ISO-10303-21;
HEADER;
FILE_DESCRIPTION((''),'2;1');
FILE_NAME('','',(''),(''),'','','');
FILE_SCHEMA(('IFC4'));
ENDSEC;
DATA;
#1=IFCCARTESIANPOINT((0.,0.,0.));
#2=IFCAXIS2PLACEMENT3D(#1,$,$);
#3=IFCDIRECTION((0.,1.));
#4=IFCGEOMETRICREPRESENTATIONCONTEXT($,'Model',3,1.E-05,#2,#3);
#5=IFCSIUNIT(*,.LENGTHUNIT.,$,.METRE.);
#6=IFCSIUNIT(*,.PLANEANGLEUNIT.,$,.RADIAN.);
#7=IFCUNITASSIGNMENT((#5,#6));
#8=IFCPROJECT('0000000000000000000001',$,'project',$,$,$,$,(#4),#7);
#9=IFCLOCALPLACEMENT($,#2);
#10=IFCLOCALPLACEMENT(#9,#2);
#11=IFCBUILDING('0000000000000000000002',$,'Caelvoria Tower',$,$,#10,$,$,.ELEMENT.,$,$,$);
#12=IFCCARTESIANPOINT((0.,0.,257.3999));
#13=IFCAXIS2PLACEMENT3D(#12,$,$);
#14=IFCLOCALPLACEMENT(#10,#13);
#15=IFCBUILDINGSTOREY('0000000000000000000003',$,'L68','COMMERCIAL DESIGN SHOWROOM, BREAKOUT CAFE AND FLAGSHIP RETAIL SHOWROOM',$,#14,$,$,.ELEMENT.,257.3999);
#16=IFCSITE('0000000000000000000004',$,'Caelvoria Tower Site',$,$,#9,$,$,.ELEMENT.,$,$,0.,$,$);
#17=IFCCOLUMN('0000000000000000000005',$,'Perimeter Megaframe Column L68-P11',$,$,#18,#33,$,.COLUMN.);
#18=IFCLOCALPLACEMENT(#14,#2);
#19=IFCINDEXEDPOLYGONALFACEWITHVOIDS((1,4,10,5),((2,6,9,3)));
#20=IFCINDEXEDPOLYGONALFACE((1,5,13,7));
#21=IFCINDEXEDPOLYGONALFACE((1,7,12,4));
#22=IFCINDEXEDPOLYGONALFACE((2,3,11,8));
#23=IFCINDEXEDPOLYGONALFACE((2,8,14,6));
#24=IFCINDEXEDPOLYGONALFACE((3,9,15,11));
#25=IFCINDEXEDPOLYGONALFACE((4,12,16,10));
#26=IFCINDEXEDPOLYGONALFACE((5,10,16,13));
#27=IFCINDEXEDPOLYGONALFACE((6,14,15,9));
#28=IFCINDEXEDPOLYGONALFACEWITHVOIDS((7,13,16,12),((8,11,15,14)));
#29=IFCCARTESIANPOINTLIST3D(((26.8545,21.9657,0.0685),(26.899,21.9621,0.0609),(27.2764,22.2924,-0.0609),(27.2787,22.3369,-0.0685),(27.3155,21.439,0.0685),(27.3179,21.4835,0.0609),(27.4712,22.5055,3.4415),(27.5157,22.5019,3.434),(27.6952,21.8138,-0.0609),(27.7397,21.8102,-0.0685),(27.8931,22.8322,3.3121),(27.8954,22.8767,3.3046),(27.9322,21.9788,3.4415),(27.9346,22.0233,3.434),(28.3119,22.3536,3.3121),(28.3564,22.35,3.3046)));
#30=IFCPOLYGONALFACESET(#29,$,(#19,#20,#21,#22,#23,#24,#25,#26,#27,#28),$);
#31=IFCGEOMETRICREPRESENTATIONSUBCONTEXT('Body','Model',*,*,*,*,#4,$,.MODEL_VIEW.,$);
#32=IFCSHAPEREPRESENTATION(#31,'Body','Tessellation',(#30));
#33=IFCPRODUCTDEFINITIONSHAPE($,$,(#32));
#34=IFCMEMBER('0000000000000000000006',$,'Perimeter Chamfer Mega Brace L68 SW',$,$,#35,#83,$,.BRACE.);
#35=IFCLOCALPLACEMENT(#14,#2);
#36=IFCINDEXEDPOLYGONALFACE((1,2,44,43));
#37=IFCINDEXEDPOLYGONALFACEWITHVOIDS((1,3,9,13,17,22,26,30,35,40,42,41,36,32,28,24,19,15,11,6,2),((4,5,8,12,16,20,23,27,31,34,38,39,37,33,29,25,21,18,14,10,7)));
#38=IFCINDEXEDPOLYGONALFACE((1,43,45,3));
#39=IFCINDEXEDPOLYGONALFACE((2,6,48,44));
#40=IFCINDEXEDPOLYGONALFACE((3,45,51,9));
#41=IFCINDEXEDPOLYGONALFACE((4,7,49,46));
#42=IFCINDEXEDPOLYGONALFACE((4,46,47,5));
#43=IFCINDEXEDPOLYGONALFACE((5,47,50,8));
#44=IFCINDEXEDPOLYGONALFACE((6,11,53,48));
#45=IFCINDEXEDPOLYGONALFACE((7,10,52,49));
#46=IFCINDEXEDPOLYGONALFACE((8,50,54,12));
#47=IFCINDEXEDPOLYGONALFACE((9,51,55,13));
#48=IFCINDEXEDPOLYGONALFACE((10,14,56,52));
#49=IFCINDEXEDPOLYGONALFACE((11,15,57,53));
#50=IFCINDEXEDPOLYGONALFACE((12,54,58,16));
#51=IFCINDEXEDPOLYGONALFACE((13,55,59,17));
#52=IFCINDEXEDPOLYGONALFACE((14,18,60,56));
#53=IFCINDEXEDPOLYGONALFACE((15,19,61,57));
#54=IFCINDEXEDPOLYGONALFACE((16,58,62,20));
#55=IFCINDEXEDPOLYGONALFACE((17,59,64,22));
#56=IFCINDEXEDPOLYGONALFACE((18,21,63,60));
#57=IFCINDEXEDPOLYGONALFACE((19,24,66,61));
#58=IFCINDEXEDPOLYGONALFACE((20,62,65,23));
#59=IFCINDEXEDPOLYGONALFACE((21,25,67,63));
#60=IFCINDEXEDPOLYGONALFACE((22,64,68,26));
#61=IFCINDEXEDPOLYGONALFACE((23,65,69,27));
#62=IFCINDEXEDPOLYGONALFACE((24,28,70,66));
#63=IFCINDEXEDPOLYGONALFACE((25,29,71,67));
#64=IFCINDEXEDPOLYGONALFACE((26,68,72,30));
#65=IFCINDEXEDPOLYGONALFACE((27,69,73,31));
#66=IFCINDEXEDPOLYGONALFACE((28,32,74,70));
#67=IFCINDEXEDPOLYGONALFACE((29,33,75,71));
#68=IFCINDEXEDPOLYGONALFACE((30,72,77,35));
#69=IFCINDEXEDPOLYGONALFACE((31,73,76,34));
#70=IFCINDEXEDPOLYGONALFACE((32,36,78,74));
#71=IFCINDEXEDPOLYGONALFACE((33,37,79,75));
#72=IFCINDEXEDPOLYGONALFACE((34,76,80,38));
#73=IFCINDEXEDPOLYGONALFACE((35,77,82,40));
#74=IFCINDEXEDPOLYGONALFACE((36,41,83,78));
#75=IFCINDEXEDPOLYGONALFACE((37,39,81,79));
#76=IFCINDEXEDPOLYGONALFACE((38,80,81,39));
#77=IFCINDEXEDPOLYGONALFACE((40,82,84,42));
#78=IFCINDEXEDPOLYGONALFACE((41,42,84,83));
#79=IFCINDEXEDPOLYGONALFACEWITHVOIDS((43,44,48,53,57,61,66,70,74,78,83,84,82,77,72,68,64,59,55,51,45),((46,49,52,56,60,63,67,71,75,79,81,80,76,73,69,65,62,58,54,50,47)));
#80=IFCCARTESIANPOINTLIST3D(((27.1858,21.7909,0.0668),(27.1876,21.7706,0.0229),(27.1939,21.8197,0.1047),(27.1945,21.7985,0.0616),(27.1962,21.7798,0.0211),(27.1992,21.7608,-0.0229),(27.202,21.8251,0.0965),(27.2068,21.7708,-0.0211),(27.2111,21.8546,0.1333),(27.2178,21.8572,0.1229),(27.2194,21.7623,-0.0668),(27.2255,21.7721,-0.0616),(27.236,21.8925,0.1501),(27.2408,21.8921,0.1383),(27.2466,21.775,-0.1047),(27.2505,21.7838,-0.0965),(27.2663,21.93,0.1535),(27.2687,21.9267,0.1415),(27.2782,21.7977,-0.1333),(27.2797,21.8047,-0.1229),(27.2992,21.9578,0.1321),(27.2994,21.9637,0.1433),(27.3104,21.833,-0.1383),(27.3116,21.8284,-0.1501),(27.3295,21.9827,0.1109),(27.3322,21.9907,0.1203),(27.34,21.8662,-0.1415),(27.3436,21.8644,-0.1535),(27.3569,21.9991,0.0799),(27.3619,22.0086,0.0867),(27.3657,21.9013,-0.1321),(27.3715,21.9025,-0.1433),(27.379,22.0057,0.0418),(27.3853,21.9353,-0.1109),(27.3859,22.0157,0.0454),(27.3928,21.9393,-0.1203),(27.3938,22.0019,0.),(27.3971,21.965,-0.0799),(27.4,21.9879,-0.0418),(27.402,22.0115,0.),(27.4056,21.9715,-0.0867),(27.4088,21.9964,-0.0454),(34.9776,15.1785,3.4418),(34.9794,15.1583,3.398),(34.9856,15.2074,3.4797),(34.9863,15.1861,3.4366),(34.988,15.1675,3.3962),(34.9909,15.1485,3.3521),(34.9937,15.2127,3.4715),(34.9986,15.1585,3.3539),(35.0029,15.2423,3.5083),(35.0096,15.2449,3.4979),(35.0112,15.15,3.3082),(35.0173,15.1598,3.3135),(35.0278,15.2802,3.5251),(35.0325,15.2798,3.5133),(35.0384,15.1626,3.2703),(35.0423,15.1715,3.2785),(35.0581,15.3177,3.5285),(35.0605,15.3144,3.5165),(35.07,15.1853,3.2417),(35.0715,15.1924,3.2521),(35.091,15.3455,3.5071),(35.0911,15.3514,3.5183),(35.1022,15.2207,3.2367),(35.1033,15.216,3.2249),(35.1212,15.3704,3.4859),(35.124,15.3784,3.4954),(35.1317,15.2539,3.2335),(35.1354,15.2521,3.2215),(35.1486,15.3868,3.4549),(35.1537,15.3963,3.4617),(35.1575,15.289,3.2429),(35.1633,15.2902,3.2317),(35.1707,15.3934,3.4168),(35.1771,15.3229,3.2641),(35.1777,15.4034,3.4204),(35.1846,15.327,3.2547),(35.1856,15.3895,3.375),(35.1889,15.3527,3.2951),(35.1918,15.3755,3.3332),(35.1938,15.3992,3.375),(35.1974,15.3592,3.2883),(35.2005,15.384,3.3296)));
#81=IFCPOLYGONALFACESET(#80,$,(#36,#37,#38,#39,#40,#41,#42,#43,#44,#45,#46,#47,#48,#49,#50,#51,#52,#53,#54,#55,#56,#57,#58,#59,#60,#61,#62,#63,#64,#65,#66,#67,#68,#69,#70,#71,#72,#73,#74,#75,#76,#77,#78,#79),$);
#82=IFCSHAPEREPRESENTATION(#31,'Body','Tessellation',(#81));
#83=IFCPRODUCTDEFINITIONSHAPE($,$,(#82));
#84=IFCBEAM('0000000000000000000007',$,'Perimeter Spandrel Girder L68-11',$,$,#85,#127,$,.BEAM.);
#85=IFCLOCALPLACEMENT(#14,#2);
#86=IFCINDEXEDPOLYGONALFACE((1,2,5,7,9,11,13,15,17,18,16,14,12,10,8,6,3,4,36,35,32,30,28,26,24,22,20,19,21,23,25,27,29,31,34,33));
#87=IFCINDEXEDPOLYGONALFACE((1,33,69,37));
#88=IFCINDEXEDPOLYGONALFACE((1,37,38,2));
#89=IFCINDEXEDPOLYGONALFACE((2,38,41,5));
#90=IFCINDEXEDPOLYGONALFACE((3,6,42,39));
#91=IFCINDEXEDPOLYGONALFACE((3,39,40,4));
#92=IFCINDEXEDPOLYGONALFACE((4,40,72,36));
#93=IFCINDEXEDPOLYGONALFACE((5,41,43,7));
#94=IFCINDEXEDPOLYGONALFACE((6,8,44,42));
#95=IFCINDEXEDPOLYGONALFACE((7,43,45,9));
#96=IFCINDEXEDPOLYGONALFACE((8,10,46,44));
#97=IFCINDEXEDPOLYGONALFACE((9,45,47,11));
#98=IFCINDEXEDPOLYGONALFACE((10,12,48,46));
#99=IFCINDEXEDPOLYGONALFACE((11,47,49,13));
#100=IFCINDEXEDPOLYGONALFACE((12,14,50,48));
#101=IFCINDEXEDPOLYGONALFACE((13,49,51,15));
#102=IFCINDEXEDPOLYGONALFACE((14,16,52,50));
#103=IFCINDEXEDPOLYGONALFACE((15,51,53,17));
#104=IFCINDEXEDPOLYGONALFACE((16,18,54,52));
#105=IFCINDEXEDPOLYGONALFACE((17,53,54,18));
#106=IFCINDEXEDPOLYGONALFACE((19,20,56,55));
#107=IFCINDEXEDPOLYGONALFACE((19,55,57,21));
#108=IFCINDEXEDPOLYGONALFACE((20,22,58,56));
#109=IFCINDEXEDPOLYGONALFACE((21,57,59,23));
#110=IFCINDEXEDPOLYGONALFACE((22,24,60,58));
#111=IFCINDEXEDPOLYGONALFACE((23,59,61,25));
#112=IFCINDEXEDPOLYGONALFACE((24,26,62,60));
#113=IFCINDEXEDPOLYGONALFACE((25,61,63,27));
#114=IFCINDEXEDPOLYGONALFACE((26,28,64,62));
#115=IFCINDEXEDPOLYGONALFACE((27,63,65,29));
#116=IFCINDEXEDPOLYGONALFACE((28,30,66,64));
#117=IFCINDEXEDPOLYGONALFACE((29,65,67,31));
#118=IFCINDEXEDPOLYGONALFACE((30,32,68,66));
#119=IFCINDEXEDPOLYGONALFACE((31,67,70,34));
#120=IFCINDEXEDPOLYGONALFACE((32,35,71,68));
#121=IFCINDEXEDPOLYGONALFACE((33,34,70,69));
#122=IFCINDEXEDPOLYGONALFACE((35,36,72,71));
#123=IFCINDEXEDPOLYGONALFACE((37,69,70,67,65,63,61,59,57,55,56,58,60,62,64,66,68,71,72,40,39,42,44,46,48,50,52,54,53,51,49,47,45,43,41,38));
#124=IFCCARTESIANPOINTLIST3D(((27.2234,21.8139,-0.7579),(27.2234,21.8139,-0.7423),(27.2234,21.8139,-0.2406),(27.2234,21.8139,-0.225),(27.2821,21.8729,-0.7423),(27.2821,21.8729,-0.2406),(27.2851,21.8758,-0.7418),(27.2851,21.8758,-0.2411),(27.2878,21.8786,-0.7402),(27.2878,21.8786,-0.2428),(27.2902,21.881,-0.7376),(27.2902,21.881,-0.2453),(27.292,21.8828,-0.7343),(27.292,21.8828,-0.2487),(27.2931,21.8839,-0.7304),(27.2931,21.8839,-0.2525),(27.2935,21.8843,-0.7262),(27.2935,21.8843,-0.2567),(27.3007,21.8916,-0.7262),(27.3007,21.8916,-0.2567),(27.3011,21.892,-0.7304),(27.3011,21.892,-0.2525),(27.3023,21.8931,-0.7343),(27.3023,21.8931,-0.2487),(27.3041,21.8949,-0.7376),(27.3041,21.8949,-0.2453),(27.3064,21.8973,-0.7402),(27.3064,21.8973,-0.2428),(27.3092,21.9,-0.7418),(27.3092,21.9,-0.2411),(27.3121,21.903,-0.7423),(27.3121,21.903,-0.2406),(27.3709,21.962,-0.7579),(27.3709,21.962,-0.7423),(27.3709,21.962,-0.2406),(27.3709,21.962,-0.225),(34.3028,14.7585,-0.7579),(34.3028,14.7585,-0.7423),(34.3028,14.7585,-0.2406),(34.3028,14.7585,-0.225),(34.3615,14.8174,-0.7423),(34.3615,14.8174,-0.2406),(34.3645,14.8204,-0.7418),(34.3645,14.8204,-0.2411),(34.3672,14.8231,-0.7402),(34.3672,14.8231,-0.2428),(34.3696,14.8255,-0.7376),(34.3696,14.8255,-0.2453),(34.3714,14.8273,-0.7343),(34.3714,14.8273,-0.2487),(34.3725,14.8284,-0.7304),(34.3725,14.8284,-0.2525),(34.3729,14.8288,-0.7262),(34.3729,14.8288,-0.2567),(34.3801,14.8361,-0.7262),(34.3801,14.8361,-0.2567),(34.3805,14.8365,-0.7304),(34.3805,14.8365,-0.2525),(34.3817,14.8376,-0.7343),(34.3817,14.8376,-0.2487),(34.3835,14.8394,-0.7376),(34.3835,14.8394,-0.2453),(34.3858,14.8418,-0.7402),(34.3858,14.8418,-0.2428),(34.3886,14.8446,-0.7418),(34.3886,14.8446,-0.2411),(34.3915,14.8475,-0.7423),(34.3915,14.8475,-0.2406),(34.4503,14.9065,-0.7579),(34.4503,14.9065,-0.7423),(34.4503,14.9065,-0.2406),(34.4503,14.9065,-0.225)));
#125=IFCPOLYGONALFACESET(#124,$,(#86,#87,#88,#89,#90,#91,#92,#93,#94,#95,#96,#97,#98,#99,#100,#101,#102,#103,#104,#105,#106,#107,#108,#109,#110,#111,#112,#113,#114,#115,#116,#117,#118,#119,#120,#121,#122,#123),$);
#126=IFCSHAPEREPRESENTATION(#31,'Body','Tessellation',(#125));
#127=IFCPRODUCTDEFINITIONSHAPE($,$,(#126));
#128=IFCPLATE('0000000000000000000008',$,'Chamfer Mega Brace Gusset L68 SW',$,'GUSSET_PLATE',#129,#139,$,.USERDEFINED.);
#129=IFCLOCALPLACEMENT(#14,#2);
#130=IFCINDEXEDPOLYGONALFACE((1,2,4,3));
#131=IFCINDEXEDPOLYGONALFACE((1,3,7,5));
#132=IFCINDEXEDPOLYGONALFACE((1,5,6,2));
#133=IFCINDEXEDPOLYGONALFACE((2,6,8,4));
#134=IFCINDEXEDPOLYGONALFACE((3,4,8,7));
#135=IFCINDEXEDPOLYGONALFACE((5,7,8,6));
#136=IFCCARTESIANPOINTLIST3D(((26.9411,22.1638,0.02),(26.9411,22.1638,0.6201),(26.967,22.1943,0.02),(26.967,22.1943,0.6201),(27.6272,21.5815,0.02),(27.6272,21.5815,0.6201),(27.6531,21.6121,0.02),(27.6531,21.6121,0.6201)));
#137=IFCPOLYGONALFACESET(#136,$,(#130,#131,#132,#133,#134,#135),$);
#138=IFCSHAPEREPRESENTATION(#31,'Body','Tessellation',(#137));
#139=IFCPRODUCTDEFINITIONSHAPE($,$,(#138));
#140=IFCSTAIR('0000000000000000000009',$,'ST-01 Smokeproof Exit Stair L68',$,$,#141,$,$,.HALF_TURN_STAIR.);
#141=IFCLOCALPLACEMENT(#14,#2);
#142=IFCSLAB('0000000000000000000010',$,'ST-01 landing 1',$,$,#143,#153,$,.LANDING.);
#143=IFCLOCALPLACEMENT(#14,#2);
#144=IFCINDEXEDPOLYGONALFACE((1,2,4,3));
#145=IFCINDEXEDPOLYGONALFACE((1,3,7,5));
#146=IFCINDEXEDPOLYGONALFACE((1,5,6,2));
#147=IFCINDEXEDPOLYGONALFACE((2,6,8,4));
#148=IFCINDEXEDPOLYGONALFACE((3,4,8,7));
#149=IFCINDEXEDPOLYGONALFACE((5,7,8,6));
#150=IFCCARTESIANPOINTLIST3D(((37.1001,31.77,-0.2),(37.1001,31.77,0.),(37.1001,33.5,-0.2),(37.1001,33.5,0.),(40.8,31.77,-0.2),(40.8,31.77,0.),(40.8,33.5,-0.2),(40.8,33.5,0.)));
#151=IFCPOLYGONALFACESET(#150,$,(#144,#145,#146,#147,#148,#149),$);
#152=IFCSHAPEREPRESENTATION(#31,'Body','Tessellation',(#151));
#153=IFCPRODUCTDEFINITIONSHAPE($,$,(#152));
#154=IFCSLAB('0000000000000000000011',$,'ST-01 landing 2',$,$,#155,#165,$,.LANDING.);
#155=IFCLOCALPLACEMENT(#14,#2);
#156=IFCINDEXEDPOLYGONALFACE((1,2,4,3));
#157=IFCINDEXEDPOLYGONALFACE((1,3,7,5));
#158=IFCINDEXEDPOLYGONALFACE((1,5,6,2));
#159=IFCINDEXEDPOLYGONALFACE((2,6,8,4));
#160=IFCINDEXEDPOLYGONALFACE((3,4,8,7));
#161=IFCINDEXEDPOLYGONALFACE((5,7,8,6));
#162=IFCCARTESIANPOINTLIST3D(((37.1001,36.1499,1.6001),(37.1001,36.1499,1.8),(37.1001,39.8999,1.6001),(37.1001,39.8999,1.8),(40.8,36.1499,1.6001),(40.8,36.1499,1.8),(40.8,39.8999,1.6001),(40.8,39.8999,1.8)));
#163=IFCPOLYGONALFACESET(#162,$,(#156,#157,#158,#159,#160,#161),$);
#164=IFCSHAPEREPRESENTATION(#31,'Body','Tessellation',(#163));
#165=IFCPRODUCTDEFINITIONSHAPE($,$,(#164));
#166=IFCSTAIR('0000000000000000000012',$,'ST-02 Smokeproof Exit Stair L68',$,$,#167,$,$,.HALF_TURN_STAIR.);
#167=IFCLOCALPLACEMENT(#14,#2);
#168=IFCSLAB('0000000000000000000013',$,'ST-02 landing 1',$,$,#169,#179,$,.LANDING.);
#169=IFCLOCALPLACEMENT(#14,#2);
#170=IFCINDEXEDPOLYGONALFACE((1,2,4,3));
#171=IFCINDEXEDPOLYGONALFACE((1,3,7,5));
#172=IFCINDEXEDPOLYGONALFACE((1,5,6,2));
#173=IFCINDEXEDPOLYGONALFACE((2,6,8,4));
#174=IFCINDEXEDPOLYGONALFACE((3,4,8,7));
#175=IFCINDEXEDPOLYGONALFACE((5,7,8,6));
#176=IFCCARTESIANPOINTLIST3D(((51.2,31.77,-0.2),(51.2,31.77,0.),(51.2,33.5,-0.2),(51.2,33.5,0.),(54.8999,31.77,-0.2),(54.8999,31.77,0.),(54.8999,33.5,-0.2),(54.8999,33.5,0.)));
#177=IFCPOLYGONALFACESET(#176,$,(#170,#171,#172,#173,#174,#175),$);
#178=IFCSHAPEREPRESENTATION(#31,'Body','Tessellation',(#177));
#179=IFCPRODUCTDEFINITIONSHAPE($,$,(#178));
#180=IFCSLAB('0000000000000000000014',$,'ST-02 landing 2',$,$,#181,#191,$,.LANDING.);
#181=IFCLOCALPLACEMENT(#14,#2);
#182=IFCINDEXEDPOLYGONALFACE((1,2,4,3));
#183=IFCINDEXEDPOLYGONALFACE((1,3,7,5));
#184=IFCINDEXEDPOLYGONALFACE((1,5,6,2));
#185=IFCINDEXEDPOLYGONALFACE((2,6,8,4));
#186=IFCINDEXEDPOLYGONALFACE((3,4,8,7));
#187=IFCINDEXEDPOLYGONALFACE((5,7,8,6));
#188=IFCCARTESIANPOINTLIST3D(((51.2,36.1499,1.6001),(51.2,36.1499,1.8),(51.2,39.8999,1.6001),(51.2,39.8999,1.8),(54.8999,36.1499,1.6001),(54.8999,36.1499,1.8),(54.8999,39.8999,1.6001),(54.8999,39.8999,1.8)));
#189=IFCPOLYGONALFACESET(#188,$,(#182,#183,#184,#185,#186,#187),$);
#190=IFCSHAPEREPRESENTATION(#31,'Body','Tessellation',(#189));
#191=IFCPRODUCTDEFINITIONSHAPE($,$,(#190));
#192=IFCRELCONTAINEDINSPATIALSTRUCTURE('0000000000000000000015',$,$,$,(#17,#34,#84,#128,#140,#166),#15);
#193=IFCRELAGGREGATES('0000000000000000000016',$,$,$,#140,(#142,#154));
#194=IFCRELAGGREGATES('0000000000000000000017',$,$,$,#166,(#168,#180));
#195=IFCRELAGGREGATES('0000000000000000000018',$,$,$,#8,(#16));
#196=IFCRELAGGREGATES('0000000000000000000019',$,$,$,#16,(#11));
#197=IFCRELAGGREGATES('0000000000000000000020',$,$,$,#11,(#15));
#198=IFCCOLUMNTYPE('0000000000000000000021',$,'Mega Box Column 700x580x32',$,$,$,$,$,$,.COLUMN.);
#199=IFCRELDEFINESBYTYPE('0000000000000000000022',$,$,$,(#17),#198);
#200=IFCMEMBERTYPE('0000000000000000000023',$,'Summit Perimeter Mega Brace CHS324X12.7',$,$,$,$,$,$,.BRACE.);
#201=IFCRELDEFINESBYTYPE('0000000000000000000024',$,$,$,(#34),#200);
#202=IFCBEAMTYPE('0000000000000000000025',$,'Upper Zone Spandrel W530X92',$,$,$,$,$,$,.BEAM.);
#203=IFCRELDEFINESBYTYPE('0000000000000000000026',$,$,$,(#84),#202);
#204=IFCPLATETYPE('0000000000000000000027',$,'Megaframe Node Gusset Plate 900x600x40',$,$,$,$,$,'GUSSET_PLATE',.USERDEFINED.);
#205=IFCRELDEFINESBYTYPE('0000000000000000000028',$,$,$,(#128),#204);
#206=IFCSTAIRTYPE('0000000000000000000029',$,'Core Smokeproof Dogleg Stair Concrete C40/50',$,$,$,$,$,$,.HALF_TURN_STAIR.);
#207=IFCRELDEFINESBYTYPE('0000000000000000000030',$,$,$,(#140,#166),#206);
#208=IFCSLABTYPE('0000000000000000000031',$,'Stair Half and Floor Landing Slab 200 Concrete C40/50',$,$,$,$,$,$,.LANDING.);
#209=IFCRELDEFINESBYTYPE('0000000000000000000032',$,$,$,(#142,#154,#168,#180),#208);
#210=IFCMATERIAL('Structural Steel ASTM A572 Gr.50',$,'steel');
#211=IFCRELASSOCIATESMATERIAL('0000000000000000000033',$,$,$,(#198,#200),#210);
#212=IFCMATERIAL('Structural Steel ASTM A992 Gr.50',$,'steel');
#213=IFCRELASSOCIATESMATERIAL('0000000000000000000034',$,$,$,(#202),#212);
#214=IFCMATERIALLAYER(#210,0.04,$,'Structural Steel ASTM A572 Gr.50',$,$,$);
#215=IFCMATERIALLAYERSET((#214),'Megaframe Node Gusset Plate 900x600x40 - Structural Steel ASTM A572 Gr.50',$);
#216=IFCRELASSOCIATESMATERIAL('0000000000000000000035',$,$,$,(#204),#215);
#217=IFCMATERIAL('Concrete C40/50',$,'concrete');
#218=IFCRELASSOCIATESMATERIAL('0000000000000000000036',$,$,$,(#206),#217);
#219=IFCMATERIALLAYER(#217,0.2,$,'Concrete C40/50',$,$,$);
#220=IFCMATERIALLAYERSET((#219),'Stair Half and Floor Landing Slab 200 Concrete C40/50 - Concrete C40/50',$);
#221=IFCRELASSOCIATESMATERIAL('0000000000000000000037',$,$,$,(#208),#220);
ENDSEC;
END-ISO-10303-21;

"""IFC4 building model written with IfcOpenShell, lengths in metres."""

from ifc_helpers import new_model, si_unit, direction, frame, origin, origin_2d, place, context, subcontext, project, spatial, polyline, rectangle, hollow_rectangle, hollow_circle, i_section, outline, extrude, material, layer, layer_set, material_profile, profile_set, type_object, element, aggregate, save


model = new_model("IFC4")

# Units and contexts
model_context = context("Model", 3, precision=1e-05, world=origin(), true_north=direction((0.0, 1.0)))
body_context = subcontext(model_context, "Body", "Model", "MODEL_VIEW")
ifc_project = project(units=[si_unit("LENGTHUNIT", "METRE"), si_unit("PLANEANGLEUNIT", "RADIAN")], contexts=[model_context])

# Site, building, storey
site_placement = place(None, origin())
site = spatial("IfcSite", under=ifc_project, at=site_placement, Name="Caelvoria Tower Site", CompositionType="ELEMENT", RefElevation=0.0)
building_placement = place(site_placement, origin())
building = spatial("IfcBuilding", under=site, at=building_placement, Name="Caelvoria Tower", CompositionType="ELEMENT")
storey_placement = place(building_placement, frame((0.0, 0.0, 257.3999)))
storey = spatial("IfcBuildingStorey", under=building, at=storey_placement, Name="L68", Description="COMMERCIAL DESIGN SHOWROOM, BREAKOUT CAFE AND FLAGSHIP RETAIL SHOWROOM", CompositionType="ELEMENT", Elevation=257.3999)

# Column
ifc_material_1 = material(Name="Structural Steel ASTM A572 Gr.50", Category="steel")
ifc_material_profile_1 = material_profile(ifc_material_1, hollow_rectangle(XDim=0.5801, YDim=0.7, WallThickness=0.032, at=origin_2d()), Name="Structural Steel ASTM A572 Gr.50")
ifc_profile_set_1 = profile_set([ifc_material_profile_1], Name="BOX700X580X32 - Structural Steel ASTM A572 Gr.50")
column_type = type_object("IfcColumnType", Name="Mega Box Column 700x580x32", PredefinedType="COLUMN", material=ifc_profile_set_1)
column_placement = place(storey_placement, frame((27.2971, 21.8879, 0.0), z_axis=(0.177662, 0.155507, 0.971727), x_axis=(-0.731192, -0.64001, 0.236107)))
element("IfcColumn", 1, at=column_placement, inside=storey, type_object=column_type, Name="Perimeter Megaframe Column L68-P11", PredefinedType="COLUMN", context=body_context, shape_type="SweptSolid", body=[
    extrude(hollow_rectangle(XDim=0.5801, YDim=0.7, WallThickness=0.032, at=origin_2d()), origin(), (0.0, 0.0, 1.0), 3.4712),
])

# Member
ifc_material_profile_2 = material_profile(ifc_material_1, hollow_circle(Radius=0.1621, WallThickness=0.0127, at=origin_2d()), Name="Structural Steel ASTM A572 Gr.50")
ifc_profile_set_2 = profile_set([ifc_material_profile_2], Name="CHS324X12.7 - Structural Steel ASTM A572 Gr.50")
member_type = type_object("IfcMemberType", Name="Summit Perimeter Mega Brace CHS324X12.7", PredefinedType="BRACE", material=ifc_profile_set_2)
member_placement = place(storey_placement, frame((27.2971, 21.8879, 0.0), z_axis=(0.723993, -0.614402, 0.313598), x_axis=(0.647041, 0.762455, 0.0)))
element("IfcMember", 2, at=member_placement, inside=storey, type_object=member_type, Name="Perimeter Chamfer Mega Brace L68 SW", PredefinedType="BRACE", context=body_context, shape_type="SweptSolid", body=[
    extrude(hollow_circle(Radius=0.1621, WallThickness=0.0127, at=origin_2d()), origin(), (0.0, 0.0, 1.0), 10.7622),
])

# Beam
ifc_material_2 = material(Name="Structural Steel ASTM A992 Gr.50", Category="steel")
ifc_material_profile_3 = material_profile(ifc_material_2, i_section(OverallWidth=0.209, OverallDepth=0.533, WebThickness=0.0103, FlangeThickness=0.0156, FilletRadius=0.0161, at=origin_2d()), Name="Structural Steel ASTM A992 Gr.50")
ifc_profile_set_3 = profile_set([ifc_material_profile_3], Name="W530X92 - Structural Steel ASTM A992 Gr.50")
beam_type = type_object("IfcBeamType", Name="Upper Zone Spandrel W530X92", PredefinedType="BEAM", material=ifc_profile_set_3)
beam_placement = place(storey_placement, frame((27.2971, 21.8879, -0.4915), z_axis=(0.708303, -0.705909, 0.0), x_axis=(0.705909, 0.708303, 0.0)))
element("IfcBeam", 3, at=beam_placement, inside=storey, type_object=beam_type, Name="Perimeter Spandrel Girder L68-11", PredefinedType="BEAM", context=body_context, shape_type="SweptSolid", body=[
    extrude(i_section(OverallWidth=0.209, OverallDepth=0.533, WebThickness=0.0103, FlangeThickness=0.0156, FilletRadius=0.0161, at=origin_2d()), origin(), (0.0, 0.0, 1.0), 9.9949),
])

# Plate
ifc_layer_1 = layer(ifc_material_1, 0.04, Name="Structural Steel ASTM A572 Gr.50")
ifc_layer_set_1 = layer_set([ifc_layer_1], Name="Megaframe Node Gusset Plate 900x600x40 - Structural Steel ASTM A572 Gr.50")
plate_type = type_object("IfcPlateType", Name="Megaframe Node Gusset Plate 900x600x40", ElementType="GUSSET_PLATE", PredefinedType="USERDEFINED", material=ifc_layer_set_1)
plate_placement = place(storey_placement, frame((27.2971, 21.8879, 0.02), z_axis=(0.0, 0.0, 1.0), x_axis=(0.762466, -0.647028, 0.0)))
element("IfcPlate", 4, at=plate_placement, inside=storey, type_object=plate_type, Name="Chamfer Mega Brace Gusset L68 SW", ObjectType="GUSSET_PLATE", PredefinedType="USERDEFINED", context=body_context, shape_type="SweptSolid", body=[
    extrude(rectangle(XDim=0.8999, YDim=0.04, at=origin_2d()), origin(), (0.0, 0.0, 1.0), 0.6001),
])

# Stairs, slabs
ifc_material_3 = material(Name="Concrete C40/50", Category="concrete")
stair_type = type_object("IfcStairType", Name="Core Smokeproof Dogleg Stair Concrete C40/50", PredefinedType="HALF_TURN_STAIR", material=ifc_material_3)
stair_1_placement = place(storey_placement, origin())
stair_1 = element("IfcStair", 5, at=stair_1_placement, inside=storey, type_object=stair_type, Name="ST-01 Smokeproof Exit Stair L68", PredefinedType="HALF_TURN_STAIR")
ifc_layer_2 = layer(ifc_material_3, 0.2, Name="Concrete C40/50")
ifc_layer_set_2 = layer_set([ifc_layer_2], Name="Stair Half and Floor Landing Slab 200 Concrete C40/50 - Concrete C40/50")
slab_type_1 = type_object("IfcSlabType", Name="Stair Half and Floor Landing Slab 200 Concrete C40/50", PredefinedType="LANDING", material=ifc_layer_set_2)
slab_1_placement = place(storey_placement, frame((0.0, 0.0, -0.2)))
slab_1 = element("IfcSlab", 6, at=slab_1_placement, type_object=slab_type_1, Name="ST-01 landing 1", PredefinedType="LANDING", context=body_context, shape_type="SweptSolid", body=[
    extrude(outline(polyline([(37.1001, 31.77), (40.8, 31.77), (40.8, 33.5), (37.1001, 33.5), (37.1001, 31.77)])), origin(), (0.0, 0.0, 1.0), 0.2),
])
slab_2_placement = place(storey_placement, frame((0.0, 0.0, 1.6001)))
slab_2 = element("IfcSlab", 7, at=slab_2_placement, type_object=slab_type_1, Name="ST-01 landing 2", PredefinedType="LANDING", context=body_context, shape_type="SweptSolid", body=[
    extrude(outline(polyline([(37.1001, 36.1499), (40.8, 36.1499), (40.8, 39.8999), (37.1001, 39.8999), (37.1001, 36.1499)])), origin(), (0.0, 0.0, 1.0), 0.2),
])
aggregate(stair_1, [slab_1, slab_2])
stair_2_placement = place(storey_placement, origin())
stair_2 = element("IfcStair", 8, at=stair_2_placement, inside=storey, type_object=stair_type, Name="ST-02 Smokeproof Exit Stair L68", PredefinedType="HALF_TURN_STAIR")
slab_3_placement = place(storey_placement, frame((0.0, 0.0, -0.2)))
slab_3 = element("IfcSlab", 9, at=slab_3_placement, type_object=slab_type_1, Name="ST-02 landing 1", PredefinedType="LANDING", context=body_context, shape_type="SweptSolid", body=[
    extrude(outline(polyline([(51.2, 31.77), (54.8999, 31.77), (54.8999, 33.5), (51.2, 33.5), (51.2, 31.77)])), origin(), (0.0, 0.0, 1.0), 0.2),
])
slab_4_placement = place(storey_placement, frame((0.0, 0.0, 1.6001)))
slab_4 = element("IfcSlab", 10, at=slab_4_placement, type_object=slab_type_1, Name="ST-02 landing 2", PredefinedType="LANDING", context=body_context, shape_type="SweptSolid", body=[
    extrude(outline(polyline([(51.2, 36.1499), (54.8999, 36.1499), (54.8999, 39.8999), (51.2, 39.8999), (51.2, 36.1499)])), origin(), (0.0, 0.0, 1.0), 0.2),
])
aggregate(stair_2, [slab_3, slab_4])

save(model, "model.ifc")
